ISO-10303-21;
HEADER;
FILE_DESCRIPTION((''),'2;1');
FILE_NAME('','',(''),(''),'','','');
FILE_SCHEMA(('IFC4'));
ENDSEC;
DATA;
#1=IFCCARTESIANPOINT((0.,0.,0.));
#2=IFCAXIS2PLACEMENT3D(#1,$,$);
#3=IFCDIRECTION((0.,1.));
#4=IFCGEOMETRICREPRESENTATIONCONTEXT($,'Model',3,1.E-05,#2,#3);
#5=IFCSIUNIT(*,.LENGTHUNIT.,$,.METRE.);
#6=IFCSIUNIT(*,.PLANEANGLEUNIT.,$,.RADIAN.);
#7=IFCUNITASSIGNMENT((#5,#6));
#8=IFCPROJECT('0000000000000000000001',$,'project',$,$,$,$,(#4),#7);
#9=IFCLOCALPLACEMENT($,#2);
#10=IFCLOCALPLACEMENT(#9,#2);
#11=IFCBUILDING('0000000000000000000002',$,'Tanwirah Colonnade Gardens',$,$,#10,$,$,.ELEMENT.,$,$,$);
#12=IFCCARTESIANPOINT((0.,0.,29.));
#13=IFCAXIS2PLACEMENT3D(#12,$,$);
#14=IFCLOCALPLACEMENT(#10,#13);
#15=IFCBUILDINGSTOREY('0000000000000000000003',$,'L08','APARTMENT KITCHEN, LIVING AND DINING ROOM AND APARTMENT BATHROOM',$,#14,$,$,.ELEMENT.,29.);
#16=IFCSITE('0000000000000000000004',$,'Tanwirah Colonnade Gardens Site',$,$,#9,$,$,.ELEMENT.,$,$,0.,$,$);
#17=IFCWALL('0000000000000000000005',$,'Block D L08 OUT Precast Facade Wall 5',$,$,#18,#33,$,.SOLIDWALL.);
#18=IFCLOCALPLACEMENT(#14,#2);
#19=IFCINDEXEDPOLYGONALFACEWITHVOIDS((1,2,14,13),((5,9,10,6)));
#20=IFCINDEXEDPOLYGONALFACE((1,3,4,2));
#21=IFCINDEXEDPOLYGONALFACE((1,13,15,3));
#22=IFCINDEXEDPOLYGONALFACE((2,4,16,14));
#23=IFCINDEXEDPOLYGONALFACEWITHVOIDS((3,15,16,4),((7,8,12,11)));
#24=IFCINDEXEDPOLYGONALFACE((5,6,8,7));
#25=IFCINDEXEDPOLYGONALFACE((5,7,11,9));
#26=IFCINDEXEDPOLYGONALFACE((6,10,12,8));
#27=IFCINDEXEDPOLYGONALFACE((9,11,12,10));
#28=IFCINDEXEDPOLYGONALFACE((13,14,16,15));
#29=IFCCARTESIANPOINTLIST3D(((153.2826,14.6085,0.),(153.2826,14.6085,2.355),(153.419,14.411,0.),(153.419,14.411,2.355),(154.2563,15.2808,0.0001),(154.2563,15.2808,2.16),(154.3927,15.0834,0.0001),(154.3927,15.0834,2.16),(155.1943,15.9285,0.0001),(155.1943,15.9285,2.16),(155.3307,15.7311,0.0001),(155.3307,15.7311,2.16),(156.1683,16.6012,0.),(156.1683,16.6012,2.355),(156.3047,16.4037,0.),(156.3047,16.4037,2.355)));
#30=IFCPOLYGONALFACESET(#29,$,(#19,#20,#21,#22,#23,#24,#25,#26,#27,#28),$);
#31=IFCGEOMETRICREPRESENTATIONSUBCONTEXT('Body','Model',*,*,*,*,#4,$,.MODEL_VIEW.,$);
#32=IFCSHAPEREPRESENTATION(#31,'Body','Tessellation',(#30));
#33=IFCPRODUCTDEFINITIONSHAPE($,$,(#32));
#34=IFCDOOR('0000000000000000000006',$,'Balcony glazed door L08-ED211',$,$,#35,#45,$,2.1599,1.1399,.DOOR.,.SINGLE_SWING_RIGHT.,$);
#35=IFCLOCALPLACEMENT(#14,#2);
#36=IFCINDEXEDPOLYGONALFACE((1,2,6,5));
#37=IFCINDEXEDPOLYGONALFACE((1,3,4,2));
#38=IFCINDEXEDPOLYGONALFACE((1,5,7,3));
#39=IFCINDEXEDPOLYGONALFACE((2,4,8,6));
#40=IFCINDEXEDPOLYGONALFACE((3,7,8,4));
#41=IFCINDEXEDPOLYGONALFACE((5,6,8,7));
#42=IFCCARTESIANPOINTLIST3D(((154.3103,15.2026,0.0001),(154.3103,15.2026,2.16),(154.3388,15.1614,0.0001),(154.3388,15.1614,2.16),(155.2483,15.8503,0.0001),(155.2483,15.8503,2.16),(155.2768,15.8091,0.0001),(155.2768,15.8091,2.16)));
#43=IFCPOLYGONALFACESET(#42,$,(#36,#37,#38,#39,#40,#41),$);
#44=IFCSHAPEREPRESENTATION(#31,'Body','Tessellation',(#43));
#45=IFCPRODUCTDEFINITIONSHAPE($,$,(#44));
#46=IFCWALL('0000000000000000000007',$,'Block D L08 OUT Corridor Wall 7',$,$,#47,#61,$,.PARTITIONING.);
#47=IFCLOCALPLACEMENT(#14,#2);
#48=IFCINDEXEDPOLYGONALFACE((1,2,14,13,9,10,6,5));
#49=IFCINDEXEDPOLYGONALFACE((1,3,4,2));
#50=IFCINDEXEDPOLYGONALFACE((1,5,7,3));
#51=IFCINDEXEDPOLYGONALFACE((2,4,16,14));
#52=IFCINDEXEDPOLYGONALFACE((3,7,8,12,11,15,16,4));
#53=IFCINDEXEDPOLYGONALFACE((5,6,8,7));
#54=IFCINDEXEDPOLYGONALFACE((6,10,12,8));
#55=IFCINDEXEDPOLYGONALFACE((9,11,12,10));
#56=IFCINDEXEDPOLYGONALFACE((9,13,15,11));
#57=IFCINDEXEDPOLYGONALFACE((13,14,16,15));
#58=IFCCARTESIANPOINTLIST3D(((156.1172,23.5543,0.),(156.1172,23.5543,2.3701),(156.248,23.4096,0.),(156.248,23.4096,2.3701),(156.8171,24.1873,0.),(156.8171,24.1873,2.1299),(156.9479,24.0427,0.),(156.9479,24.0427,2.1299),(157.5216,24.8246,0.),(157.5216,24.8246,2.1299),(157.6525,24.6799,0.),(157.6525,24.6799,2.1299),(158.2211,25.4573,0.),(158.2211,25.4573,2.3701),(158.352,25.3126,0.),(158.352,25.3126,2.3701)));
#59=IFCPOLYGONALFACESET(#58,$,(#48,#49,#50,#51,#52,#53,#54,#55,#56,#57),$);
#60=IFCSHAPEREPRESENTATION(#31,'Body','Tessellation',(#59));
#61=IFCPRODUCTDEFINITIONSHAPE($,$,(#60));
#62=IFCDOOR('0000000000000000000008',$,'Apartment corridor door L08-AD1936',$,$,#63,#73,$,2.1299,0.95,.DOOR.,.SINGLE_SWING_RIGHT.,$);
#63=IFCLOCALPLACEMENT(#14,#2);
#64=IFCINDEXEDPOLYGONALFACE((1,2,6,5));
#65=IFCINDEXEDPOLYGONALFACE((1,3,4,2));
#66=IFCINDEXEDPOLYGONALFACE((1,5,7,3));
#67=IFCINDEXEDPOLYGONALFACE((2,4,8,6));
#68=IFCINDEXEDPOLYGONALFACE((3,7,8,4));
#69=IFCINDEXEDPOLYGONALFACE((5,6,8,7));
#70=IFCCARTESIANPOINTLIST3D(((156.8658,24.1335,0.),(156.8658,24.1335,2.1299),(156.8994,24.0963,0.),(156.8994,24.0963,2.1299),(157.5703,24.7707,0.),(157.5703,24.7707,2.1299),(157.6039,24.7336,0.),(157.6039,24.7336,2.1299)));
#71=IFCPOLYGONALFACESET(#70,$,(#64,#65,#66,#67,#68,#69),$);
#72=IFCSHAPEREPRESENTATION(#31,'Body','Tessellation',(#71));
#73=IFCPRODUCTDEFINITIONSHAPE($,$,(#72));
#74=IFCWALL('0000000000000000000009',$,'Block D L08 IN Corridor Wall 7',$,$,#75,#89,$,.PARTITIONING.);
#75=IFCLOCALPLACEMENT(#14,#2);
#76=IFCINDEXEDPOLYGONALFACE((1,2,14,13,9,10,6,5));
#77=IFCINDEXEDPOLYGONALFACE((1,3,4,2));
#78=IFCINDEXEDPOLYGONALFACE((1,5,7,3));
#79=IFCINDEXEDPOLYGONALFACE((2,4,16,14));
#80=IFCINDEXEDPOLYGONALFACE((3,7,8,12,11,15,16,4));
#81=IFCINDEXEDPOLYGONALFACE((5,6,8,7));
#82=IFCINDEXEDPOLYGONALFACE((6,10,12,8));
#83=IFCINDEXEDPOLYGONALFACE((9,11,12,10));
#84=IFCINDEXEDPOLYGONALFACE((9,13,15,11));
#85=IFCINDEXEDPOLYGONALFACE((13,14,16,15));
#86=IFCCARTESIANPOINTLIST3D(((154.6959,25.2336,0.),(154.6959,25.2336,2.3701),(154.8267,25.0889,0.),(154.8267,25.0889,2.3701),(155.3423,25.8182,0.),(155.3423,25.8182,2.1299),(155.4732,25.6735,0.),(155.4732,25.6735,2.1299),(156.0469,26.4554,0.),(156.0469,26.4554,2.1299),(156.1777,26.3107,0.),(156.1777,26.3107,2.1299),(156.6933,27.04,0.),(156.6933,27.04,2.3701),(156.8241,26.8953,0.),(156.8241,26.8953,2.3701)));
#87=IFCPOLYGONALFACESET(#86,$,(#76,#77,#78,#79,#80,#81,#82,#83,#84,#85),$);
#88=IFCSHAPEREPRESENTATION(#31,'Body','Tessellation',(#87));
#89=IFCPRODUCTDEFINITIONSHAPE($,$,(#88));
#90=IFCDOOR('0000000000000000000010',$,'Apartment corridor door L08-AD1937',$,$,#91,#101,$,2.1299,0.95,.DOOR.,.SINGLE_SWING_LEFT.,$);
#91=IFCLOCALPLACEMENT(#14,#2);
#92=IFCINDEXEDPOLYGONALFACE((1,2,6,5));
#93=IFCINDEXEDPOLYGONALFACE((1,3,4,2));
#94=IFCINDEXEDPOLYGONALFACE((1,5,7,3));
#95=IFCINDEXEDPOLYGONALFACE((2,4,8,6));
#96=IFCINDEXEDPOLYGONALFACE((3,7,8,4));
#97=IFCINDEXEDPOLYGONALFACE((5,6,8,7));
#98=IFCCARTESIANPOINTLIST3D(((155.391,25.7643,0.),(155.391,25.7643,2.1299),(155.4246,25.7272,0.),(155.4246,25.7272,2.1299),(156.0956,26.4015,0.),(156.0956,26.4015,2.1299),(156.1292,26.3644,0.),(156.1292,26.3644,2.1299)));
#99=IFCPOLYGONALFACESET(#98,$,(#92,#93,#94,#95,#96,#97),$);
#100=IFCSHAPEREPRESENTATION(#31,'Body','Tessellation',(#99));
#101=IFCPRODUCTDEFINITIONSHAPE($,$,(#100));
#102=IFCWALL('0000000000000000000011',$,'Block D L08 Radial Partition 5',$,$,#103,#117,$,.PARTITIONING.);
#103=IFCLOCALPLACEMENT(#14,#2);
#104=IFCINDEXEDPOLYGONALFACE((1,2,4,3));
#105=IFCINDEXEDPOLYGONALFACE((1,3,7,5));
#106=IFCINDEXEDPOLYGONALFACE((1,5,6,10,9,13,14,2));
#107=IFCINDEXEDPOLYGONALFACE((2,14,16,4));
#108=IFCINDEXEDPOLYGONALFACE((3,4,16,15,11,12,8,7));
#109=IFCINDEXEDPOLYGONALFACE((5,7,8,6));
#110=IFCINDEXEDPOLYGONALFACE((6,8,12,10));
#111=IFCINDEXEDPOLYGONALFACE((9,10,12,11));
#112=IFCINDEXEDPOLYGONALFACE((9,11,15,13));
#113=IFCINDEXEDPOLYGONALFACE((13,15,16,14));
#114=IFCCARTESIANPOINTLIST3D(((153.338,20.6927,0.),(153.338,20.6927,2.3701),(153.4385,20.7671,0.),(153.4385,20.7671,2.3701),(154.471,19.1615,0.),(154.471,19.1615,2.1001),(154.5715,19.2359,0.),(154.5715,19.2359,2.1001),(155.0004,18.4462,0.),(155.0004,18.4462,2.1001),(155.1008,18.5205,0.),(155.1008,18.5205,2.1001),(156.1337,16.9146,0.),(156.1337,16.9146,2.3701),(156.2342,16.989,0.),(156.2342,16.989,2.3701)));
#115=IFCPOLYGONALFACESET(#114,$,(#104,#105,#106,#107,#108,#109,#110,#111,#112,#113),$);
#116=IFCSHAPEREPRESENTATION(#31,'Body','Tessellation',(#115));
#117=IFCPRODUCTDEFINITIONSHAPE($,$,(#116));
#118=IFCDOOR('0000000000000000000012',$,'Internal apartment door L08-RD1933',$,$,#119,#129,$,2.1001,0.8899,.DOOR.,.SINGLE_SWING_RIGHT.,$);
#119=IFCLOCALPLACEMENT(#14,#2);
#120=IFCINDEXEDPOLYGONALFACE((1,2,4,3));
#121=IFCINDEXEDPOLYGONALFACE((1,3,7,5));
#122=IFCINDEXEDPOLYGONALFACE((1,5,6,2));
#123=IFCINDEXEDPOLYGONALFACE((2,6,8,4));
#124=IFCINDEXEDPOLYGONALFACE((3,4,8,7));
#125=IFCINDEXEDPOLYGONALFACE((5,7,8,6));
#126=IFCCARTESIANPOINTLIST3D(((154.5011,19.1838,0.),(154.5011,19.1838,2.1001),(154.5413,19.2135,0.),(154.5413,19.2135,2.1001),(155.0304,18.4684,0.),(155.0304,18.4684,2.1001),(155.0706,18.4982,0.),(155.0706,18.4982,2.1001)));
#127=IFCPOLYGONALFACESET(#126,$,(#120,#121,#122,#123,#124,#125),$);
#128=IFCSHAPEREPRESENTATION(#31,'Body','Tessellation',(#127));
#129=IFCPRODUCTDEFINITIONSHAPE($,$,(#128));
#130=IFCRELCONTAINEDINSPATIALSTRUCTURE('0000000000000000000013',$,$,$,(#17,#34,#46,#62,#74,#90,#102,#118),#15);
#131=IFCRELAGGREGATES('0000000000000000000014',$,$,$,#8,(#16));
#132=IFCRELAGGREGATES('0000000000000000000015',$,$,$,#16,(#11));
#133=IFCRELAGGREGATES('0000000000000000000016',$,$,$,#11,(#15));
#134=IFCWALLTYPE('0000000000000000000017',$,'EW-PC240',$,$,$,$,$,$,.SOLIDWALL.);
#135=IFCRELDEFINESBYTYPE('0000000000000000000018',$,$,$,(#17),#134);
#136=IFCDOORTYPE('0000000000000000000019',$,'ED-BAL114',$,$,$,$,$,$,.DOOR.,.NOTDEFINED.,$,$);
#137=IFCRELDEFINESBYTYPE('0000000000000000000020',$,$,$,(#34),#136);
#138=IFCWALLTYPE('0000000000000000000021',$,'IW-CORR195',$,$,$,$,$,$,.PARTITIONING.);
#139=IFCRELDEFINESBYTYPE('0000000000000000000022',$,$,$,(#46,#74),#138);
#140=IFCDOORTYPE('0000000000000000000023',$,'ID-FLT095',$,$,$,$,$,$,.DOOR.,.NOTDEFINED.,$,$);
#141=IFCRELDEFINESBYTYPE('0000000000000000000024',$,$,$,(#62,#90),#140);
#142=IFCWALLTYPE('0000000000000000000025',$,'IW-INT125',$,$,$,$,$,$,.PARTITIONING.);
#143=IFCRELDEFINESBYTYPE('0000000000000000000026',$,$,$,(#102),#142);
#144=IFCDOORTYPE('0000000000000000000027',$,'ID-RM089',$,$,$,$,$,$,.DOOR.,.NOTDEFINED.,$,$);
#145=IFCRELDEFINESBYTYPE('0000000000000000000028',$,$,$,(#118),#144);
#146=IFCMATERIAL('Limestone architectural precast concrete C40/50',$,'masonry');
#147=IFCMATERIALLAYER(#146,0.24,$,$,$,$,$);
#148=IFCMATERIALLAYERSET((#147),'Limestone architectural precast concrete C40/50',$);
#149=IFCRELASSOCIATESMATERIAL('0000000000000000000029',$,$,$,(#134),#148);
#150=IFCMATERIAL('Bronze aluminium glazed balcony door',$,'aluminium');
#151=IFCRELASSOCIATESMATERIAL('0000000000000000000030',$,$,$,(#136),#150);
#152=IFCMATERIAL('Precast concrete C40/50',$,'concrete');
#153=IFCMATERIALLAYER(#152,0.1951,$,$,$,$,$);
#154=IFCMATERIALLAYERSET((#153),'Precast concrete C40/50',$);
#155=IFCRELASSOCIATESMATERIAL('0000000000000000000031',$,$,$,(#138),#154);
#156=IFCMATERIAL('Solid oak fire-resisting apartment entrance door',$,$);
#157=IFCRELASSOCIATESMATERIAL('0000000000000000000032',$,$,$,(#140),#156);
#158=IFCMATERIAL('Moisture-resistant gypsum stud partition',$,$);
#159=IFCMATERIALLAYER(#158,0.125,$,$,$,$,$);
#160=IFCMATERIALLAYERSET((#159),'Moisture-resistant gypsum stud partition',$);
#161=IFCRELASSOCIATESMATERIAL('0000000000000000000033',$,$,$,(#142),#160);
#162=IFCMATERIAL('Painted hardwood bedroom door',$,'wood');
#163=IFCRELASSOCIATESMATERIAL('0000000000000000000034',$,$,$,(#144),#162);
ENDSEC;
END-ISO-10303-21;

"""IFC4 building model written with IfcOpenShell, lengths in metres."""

from ifc_helpers import new_model, si_unit, direction, frame, frame_2d, origin, place, context, subcontext, project, spatial, rectangle, extrude, material, layer, layer_set, type_object, element, fill, save


model = new_model("IFC4")

# Units and contexts
model_context = context("Model", 3, precision=1e-05, world=origin(), true_north=direction((0.0, 1.0)))
body_context = subcontext(model_context, "Body", "Model", "MODEL_VIEW")
ifc_project = project(units=[si_unit("LENGTHUNIT", "METRE"), si_unit("PLANEANGLEUNIT", "RADIAN")], contexts=[model_context])

# Site, building, storey
site_placement = place(None, origin())
site = spatial("IfcSite", under=ifc_project, at=site_placement, Name="Tanwirah Colonnade Gardens Site", CompositionType="ELEMENT", RefElevation=0.0)
building_placement = place(site_placement, origin())
building = spatial("IfcBuilding", under=site, at=building_placement, Name="Tanwirah Colonnade Gardens", CompositionType="ELEMENT")
storey_placement = place(building_placement, frame((0.0, 0.0, 29.0)))
storey = spatial("IfcBuildingStorey", under=building, at=storey_placement, Name="L08", Description="APARTMENT KITCHEN, LIVING AND DINING ROOM AND APARTMENT BATHROOM", CompositionType="ELEMENT", Elevation=29.0)

# Shared definitions
ifc_material_1 = material(Name="Precast concrete C40/50", Category="concrete")

# Walls, openings, doors
ifc_material_2 = material(Name="Limestone architectural precast concrete C40/50", Category="masonry")
ifc_layer_1 = layer(ifc_material_2, 0.24)
ifc_layer_set_1 = layer_set([ifc_layer_1], Name="Limestone architectural precast concrete C40/50")
wall_type_1 = type_object("IfcWallType", Name="EW-PC240", PredefinedType="SOLIDWALL", material=ifc_layer_set_1)
wall_1_placement = place(storey_placement, frame((153.3508, 14.5098, 0.0), z_axis=(0.0, 0.0, 1.0), x_axis=(0.822878, 0.568218, 0.0)))
wall_1 = element("IfcWall", 1, at=wall_1_placement, inside=storey, type_object=wall_type_1, Name="Block D L08 OUT Precast Facade Wall 5", PredefinedType="SOLIDWALL", context=body_context, shape_type="SweptSolid", body=[
    extrude(rectangle(XDim=3.5068, YDim=0.24, at=frame_2d((1.7534, 0.0))), origin(), (0.0, 0.0, 1.0), 2.355),
])
opening_1_placement = place(wall_1_placement, frame((1.1833, 0.0, 0.0)))
opening_1 = element("IfcOpeningElement", 2, at=opening_1_placement, cuts=wall_1, PredefinedType="OPENING", context=body_context, shape_type="SweptSolid", body=[
    extrude(rectangle(XDim=1.1399, YDim=2.1599, at=frame_2d((0.5698, 1.0801))), frame((0.0, 0.1299, 0.0), z_axis=(0.0, -1.0, 0.0), x_axis=(1.0, 0.0, 0.0)), (0.0, 0.0, 1.0), 0.26),
])
ifc_material_3 = material(Name="Bronze aluminium glazed balcony door", Category="aluminium")
door_type_1 = type_object("IfcDoorType", Name="ED-BAL114", OperationType="NOTDEFINED", PredefinedType="DOOR", material=ifc_material_3)
door_1_placement = place(opening_1_placement, origin())
door_1 = element("IfcDoor", 3, at=door_1_placement, inside=storey, type_object=door_type_1, Name="Balcony glazed door L08-ED211", OperationType="SINGLE_SWING_RIGHT", OverallHeight=2.1599, OverallWidth=1.1399, PredefinedType="DOOR", context=body_context, shape_type="SweptSolid", body=[
    extrude(rectangle(XDim=1.1399, YDim=2.1599, at=frame_2d((0.5698, 1.0801))), frame((0.0, 0.0249, 0.0), z_axis=(0.0, -1.0, 0.0), x_axis=(1.0, 0.0, 0.0)), (0.0, 0.0, 1.0), 0.05),
])
fill(opening_1, door_1)
ifc_layer_2 = layer(ifc_material_1, 0.1951)
ifc_layer_set_2 = layer_set([ifc_layer_2], Name="Precast concrete C40/50")
wall_type_2 = type_object("IfcWallType", Name="IW-CORR195", PredefinedType="PARTITIONING", material=ifc_layer_set_2)
ifc_material_4 = material(Name="Solid oak fire-resisting apartment entrance door")
wall_2_placement = place(storey_placement, frame((156.1826, 23.4819, 0.0), z_axis=(0.0, 0.0, 1.0), x_axis=(0.741632, 0.670807, 0.0)))
wall_2 = element("IfcWall", 4, at=wall_2_placement, inside=storey, type_object=wall_type_2, Name="Block D L08 OUT Corridor Wall 7", PredefinedType="PARTITIONING", context=body_context, shape_type="SweptSolid", body=[
    extrude(rectangle(XDim=2.8369, YDim=0.1951, at=frame_2d((1.4185, 0.0))), origin(), (0.0, 0.0, 1.0), 2.3701),
])
opening_2_placement = place(wall_2_placement, frame((0.9436, 0.0, 0.0)))
opening_2 = element("IfcOpeningElement", 5, at=opening_2_placement, cuts=wall_2, PredefinedType="OPENING", context=body_context, shape_type="SweptSolid", body=[
    extrude(rectangle(XDim=0.95, YDim=2.1299, at=frame_2d((0.4751, 1.0649))), frame((0.0, 0.1074, 0.0), z_axis=(0.0, -1.0, 0.0), x_axis=(1.0, 0.0, 0.0)), (0.0, 0.0, 1.0), 0.2151),
])
door_type_2 = type_object("IfcDoorType", Name="ID-FLT095", OperationType="NOTDEFINED", PredefinedType="DOOR", material=ifc_material_4)
door_2_placement = place(opening_2_placement, origin())
door_2 = element("IfcDoor", 6, at=door_2_placement, inside=storey, type_object=door_type_2, Name="Apartment corridor door L08-AD1936", OperationType="SINGLE_SWING_RIGHT", OverallHeight=2.1299, OverallWidth=0.95, PredefinedType="DOOR", context=body_context, shape_type="SweptSolid", body=[
    extrude(rectangle(XDim=0.95, YDim=2.1299, at=frame_2d((0.4751, 1.0649))), frame((0.0, 0.0249, 0.0), z_axis=(0.0, -1.0, 0.0), x_axis=(1.0, 0.0, 0.0)), (0.0, 0.0, 1.0), 0.05),
])
fill(opening_2, door_2)
wall_3_placement = place(storey_placement, frame((154.7612, 25.1611, 0.0), z_axis=(0.0, 0.0, 1.0), x_axis=(0.741665, 0.670771, 0.0)))
wall_3 = element("IfcWall", 7, at=wall_3_placement, inside=storey, type_object=wall_type_2, Name="Block D L08 IN Corridor Wall 7", PredefinedType="PARTITIONING", context=body_context, shape_type="SweptSolid", body=[
    extrude(rectangle(XDim=2.6931, YDim=0.1951, at=frame_2d((1.3467, 0.0))), origin(), (0.0, 0.0, 1.0), 2.3701),
])
opening_3_placement = place(wall_3_placement, frame((0.8716, 0.0, 0.0)))
opening_3 = element("IfcOpeningElement", 8, at=opening_3_placement, cuts=wall_3, PredefinedType="OPENING", context=body_context, shape_type="SweptSolid", body=[
    extrude(rectangle(XDim=0.95, YDim=2.1299, at=frame_2d((0.4751, 1.0649))), frame((0.0, 0.1074, 0.0), z_axis=(0.0, -1.0, 0.0), x_axis=(1.0, 0.0, 0.0)), (0.0, 0.0, 1.0), 0.2151),
])
door_3_placement = place(opening_3_placement, origin())
door_3 = element("IfcDoor", 9, at=door_3_placement, inside=storey, type_object=door_type_2, Name="Apartment corridor door L08-AD1937", OperationType="SINGLE_SWING_LEFT", OverallHeight=2.1299, OverallWidth=0.95, PredefinedType="DOOR", context=body_context, shape_type="SweptSolid", body=[
    extrude(rectangle(XDim=0.95, YDim=2.1299, at=frame_2d((0.4751, 1.0649))), frame((0.0, 0.0249, 0.0), z_axis=(0.0, -1.0, 0.0), x_axis=(1.0, 0.0, 0.0)), (0.0, 0.0, 1.0), 0.05),
])
fill(opening_3, door_3)
ifc_material_5 = material(Name="Moisture-resistant gypsum stud partition")
ifc_layer_3 = layer(ifc_material_5, 0.125)
ifc_layer_set_3 = layer_set([ifc_layer_3], Name="Moisture-resistant gypsum stud partition")
wall_type_3 = type_object("IfcWallType", Name="IW-INT125", PredefinedType="PARTITIONING", material=ifc_layer_set_3)
wall_4_placement = place(storey_placement, frame((153.3882, 20.73, 0.0), z_axis=(0.0, 0.0, 1.0), x_axis=(0.594826, -0.803854, 0.0)))
wall_4 = element("IfcWall", 10, at=wall_4_placement, inside=storey, type_object=wall_type_3, Name="Block D L08 Radial Partition 5", PredefinedType="PARTITIONING", context=body_context, shape_type="SweptSolid", body=[
    extrude(rectangle(XDim=4.7, YDim=0.125, at=frame_2d((2.3501, 0.0))), origin(), (0.0, 0.0, 1.0), 2.3701),
])
opening_4_placement = place(wall_4_placement, frame((1.905, 0.0, 0.0)))
opening_4 = element("IfcOpeningElement", 11, at=opening_4_placement, cuts=wall_4, PredefinedType="OPENING", context=body_context, shape_type="SweptSolid", body=[
    extrude(rectangle(XDim=0.8899, YDim=2.1001, at=frame_2d((0.4448, 1.05))), frame((0.0, 0.0725, 0.0), z_axis=(0.0, -1.0, 0.0), x_axis=(1.0, 0.0, 0.0)), (0.0, 0.0, 1.0), 0.145),
])
ifc_material_6 = material(Name="Painted hardwood bedroom door", Category="wood")
door_type_3 = type_object("IfcDoorType", Name="ID-RM089", OperationType="NOTDEFINED", PredefinedType="DOOR", material=ifc_material_6)
door_4_placement = place(opening_4_placement, origin())
door_4 = element("IfcDoor", 12, at=door_4_placement, inside=storey, type_object=door_type_3, Name="Internal apartment door L08-RD1933", OperationType="SINGLE_SWING_RIGHT", OverallHeight=2.1001, OverallWidth=0.8899, PredefinedType="DOOR", context=body_context, shape_type="SweptSolid", body=[
    extrude(rectangle(XDim=0.8899, YDim=2.1001, at=frame_2d((0.4448, 1.05))), frame((0.0, 0.0249, 0.0), z_axis=(0.0, -1.0, 0.0), x_axis=(1.0, 0.0, 0.0)), (0.0, 0.0, 1.0), 0.05),
])
fill(opening_4, door_4)

save(model, "model.ifc")
